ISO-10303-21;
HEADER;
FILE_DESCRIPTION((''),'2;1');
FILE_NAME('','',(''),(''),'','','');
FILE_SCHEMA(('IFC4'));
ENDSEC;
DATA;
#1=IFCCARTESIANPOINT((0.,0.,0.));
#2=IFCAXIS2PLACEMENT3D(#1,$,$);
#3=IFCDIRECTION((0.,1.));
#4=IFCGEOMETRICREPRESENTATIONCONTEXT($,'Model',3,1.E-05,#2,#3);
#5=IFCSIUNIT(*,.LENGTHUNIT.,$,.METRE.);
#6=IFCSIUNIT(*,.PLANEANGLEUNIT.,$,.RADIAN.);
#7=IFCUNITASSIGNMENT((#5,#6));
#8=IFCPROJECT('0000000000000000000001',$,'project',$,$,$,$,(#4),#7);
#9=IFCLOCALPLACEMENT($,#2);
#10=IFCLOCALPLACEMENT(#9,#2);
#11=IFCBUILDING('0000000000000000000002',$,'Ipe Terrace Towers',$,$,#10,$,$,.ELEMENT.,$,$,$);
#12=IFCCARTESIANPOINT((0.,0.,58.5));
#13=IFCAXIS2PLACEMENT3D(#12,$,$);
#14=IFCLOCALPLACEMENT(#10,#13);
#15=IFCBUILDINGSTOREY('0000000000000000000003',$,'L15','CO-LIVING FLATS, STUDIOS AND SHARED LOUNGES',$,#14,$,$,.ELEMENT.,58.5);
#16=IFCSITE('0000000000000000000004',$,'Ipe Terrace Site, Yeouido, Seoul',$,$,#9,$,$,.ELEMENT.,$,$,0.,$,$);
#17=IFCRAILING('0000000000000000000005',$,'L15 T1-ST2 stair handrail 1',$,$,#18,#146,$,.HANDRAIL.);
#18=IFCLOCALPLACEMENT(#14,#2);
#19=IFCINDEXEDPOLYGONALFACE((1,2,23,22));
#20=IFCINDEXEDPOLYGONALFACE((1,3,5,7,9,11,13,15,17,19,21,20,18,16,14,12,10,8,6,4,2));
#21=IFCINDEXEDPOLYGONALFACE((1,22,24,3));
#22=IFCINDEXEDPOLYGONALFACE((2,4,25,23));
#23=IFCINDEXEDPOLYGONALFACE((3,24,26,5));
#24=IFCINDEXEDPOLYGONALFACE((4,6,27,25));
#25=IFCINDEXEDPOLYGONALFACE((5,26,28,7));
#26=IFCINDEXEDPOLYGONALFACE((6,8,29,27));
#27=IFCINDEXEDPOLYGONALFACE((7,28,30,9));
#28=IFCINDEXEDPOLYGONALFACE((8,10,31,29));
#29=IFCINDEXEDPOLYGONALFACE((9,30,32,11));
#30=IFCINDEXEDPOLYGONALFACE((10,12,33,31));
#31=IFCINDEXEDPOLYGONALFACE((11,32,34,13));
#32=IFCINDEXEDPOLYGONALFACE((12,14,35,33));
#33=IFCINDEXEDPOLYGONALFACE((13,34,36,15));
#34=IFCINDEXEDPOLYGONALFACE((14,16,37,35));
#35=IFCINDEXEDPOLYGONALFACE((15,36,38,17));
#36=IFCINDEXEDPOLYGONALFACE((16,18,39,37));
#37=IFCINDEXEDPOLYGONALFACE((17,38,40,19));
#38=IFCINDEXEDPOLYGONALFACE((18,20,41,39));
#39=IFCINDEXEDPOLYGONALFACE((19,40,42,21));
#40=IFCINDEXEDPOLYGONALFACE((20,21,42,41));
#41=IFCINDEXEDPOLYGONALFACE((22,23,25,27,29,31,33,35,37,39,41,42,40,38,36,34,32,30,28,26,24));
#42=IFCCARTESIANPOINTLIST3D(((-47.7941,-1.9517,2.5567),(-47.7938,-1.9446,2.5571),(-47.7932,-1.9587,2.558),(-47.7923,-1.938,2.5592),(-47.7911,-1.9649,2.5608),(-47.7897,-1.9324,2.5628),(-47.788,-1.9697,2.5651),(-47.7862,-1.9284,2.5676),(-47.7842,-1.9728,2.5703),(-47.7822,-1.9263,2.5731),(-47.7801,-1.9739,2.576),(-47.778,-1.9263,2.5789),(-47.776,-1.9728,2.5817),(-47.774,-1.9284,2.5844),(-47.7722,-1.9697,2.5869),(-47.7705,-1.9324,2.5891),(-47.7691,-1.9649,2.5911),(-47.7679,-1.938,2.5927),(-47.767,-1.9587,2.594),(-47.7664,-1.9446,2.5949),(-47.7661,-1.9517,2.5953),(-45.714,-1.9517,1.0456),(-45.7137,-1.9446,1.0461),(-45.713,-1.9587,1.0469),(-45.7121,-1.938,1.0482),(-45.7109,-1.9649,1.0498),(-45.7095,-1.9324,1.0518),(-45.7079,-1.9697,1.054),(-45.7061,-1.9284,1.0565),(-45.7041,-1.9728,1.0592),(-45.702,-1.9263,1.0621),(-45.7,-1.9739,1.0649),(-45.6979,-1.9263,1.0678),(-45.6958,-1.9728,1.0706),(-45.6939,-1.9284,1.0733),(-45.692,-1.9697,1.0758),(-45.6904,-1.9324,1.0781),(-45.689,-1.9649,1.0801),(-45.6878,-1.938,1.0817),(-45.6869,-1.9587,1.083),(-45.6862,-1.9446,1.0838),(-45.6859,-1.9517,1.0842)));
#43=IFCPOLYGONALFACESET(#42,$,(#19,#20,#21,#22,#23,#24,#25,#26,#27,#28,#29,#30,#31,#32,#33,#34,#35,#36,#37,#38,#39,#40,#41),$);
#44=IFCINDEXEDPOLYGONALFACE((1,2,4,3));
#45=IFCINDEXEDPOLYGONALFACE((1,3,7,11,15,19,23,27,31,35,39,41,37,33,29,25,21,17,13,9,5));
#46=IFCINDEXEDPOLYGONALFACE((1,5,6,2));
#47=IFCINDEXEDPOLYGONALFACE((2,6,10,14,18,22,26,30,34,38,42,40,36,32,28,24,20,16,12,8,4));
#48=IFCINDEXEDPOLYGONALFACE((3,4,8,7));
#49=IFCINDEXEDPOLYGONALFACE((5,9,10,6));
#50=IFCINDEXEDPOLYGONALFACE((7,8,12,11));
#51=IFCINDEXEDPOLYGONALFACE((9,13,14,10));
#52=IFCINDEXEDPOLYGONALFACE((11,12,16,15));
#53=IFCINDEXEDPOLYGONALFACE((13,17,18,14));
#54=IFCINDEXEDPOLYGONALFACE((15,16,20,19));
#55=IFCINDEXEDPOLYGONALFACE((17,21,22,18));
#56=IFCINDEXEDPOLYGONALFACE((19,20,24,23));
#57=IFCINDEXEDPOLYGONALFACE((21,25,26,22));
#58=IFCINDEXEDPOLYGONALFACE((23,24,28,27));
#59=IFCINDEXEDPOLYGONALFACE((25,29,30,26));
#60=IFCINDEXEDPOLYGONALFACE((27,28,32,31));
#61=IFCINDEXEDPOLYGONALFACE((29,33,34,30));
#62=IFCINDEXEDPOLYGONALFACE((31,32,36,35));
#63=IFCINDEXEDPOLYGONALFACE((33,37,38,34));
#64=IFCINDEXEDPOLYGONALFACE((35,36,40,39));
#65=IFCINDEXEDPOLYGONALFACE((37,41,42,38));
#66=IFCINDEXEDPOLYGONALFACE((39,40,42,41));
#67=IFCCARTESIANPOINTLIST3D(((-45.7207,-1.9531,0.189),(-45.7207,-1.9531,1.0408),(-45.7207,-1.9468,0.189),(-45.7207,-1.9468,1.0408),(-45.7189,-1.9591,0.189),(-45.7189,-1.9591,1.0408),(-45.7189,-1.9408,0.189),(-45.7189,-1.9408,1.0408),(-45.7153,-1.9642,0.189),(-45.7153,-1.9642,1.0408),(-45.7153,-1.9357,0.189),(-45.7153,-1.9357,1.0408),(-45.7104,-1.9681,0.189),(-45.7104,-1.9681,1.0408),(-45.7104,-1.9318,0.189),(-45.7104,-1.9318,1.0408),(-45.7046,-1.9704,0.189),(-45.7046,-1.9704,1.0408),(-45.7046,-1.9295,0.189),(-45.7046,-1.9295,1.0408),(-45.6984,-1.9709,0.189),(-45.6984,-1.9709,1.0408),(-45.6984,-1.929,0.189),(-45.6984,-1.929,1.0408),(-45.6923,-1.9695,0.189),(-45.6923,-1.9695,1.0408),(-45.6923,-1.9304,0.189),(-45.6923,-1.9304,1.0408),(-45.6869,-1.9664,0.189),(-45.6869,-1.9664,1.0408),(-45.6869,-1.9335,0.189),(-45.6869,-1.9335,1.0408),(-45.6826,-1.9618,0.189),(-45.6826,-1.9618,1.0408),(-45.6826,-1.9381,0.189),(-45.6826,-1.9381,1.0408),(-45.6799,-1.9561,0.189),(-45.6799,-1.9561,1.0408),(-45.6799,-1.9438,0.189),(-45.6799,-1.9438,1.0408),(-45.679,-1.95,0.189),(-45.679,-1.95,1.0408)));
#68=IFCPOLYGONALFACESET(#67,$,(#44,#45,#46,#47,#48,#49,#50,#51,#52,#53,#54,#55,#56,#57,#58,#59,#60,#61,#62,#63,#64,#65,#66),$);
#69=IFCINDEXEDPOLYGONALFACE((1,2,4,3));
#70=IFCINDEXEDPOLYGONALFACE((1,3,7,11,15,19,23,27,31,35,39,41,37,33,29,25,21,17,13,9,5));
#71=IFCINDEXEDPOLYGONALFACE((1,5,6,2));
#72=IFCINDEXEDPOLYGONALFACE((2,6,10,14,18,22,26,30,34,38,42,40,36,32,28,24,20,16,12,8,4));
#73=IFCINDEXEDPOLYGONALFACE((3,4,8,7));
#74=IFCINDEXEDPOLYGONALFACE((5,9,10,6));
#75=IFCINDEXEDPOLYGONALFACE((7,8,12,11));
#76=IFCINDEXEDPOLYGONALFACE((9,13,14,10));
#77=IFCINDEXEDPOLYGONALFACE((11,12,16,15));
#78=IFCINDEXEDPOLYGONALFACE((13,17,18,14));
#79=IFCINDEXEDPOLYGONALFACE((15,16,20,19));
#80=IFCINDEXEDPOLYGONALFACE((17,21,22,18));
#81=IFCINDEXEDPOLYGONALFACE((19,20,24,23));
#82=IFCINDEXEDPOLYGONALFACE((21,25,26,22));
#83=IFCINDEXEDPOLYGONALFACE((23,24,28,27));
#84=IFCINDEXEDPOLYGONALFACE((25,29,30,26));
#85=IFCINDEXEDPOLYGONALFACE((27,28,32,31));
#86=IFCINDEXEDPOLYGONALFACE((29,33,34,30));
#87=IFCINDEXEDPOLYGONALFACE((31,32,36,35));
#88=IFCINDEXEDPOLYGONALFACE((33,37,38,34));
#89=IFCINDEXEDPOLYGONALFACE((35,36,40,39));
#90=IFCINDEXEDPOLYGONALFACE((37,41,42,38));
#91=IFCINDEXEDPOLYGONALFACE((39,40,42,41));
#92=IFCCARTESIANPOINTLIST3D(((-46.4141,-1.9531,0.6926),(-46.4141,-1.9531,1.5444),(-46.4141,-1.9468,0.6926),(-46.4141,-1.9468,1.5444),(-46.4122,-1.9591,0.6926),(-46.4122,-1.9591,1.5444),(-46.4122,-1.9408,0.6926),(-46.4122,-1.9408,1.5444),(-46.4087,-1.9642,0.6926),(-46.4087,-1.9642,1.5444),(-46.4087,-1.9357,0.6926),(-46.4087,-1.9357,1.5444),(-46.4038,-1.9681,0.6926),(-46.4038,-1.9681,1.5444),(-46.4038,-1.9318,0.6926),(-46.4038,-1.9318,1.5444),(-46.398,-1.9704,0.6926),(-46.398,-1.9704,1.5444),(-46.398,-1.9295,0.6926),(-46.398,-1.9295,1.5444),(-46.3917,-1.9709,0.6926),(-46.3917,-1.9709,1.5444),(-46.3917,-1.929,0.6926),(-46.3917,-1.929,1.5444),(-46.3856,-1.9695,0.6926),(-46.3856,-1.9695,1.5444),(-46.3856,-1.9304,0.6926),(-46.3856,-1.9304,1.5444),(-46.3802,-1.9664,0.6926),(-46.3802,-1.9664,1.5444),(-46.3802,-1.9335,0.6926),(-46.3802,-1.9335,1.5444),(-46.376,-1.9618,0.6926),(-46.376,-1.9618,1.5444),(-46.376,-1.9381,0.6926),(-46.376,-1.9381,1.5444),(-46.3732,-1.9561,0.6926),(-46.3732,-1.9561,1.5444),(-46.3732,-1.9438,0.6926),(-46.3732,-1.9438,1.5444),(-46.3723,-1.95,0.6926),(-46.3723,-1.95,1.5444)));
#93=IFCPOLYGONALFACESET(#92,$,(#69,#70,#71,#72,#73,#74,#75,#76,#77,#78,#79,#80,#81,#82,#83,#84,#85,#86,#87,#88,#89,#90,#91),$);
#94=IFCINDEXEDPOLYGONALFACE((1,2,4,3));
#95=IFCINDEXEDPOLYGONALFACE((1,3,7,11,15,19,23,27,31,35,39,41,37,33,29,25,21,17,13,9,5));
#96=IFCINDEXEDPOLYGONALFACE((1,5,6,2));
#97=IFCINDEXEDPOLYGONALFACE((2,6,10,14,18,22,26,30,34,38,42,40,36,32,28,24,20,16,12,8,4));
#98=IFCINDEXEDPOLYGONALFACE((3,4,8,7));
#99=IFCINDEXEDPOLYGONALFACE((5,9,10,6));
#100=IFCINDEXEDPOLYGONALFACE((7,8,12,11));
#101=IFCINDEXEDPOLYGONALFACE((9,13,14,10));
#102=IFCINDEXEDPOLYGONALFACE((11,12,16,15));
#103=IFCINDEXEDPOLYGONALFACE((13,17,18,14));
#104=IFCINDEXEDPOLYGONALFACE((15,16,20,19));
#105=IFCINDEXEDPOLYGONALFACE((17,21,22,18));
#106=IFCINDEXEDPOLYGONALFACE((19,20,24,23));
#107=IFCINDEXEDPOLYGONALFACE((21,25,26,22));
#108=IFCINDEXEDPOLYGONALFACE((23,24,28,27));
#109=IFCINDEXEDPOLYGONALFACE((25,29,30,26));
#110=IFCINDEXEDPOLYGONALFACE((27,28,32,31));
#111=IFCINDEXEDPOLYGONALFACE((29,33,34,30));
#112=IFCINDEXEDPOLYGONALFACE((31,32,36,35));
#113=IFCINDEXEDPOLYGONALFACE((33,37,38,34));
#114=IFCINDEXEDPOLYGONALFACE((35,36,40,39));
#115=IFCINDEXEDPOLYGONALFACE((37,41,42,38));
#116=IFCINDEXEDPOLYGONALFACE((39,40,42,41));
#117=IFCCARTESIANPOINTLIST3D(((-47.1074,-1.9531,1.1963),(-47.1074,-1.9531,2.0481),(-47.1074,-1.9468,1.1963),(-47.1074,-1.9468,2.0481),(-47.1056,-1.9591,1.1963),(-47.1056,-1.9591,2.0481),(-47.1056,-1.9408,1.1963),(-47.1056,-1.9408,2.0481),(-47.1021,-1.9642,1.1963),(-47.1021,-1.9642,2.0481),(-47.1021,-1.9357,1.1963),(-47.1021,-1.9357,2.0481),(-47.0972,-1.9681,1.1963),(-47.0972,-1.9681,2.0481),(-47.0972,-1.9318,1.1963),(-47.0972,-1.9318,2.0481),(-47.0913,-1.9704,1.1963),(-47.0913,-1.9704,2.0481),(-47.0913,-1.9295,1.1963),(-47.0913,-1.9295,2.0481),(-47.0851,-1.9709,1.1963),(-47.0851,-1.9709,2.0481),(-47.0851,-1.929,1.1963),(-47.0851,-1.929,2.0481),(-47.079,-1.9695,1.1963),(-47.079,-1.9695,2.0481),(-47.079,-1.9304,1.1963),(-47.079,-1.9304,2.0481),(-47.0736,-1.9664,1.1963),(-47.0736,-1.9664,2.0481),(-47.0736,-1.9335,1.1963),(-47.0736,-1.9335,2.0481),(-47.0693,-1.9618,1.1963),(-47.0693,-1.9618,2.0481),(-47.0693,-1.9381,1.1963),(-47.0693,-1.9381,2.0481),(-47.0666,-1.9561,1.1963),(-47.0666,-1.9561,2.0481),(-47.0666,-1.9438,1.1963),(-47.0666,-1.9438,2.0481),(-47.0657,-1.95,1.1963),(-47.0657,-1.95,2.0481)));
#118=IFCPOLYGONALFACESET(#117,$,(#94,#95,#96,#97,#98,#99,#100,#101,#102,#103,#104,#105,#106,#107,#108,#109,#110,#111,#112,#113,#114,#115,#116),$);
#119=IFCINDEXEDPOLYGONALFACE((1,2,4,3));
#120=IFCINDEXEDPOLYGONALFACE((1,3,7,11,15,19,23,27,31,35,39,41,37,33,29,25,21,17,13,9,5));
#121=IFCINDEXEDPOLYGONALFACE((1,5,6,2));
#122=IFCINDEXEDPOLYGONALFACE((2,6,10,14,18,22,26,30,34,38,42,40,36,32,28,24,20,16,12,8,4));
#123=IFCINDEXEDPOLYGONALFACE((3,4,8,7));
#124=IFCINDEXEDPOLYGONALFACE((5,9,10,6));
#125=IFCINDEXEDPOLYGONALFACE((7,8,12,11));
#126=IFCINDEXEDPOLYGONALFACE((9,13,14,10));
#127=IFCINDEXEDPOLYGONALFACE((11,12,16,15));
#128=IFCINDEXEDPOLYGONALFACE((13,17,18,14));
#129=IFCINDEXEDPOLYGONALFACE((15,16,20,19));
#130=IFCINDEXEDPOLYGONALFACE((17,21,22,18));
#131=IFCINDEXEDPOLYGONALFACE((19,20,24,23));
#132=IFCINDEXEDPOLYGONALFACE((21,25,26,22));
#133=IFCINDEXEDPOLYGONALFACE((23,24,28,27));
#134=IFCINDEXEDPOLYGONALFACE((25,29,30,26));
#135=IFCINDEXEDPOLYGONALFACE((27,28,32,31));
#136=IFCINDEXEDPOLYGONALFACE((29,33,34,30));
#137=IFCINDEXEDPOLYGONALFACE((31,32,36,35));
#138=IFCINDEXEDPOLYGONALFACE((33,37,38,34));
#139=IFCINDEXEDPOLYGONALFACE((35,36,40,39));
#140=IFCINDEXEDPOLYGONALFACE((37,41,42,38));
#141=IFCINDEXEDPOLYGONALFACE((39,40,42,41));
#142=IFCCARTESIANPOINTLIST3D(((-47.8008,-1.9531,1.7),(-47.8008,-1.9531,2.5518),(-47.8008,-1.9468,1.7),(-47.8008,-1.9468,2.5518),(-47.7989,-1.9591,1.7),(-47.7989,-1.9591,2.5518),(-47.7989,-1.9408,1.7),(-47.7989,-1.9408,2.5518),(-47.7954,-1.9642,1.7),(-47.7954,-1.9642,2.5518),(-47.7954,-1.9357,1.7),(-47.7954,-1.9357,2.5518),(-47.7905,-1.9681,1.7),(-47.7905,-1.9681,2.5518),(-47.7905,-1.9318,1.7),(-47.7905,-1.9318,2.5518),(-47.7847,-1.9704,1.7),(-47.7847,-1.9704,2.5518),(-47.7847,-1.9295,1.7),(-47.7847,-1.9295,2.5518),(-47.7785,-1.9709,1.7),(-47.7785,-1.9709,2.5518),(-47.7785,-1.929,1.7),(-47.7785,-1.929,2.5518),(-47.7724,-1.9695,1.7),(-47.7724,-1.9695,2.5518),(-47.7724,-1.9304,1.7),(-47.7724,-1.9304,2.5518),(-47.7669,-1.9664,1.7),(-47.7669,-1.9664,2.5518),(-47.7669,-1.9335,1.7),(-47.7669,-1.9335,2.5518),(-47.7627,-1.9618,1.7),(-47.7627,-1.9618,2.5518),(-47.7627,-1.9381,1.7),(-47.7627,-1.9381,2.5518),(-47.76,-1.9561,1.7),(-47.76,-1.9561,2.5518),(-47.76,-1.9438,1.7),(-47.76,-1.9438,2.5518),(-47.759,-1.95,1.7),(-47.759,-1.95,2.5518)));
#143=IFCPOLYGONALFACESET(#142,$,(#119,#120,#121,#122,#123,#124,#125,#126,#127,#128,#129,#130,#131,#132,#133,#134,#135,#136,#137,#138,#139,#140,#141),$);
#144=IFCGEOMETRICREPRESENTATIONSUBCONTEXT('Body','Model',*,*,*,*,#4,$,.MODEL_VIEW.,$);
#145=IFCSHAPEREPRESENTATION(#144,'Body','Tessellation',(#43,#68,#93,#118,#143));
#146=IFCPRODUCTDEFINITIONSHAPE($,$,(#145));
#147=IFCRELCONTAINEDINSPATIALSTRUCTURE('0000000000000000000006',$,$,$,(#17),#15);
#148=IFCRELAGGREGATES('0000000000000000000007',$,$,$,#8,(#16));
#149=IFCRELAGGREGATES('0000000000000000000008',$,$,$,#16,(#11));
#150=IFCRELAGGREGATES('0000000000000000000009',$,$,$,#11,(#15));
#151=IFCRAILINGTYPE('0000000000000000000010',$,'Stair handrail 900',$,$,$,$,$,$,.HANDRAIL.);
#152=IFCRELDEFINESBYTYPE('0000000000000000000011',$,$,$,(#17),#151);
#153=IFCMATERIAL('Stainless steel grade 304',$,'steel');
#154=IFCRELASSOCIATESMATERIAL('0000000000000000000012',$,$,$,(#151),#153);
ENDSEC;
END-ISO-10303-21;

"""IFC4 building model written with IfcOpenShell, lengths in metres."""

from ifc_helpers import new_model, si_unit, direction, frame, origin, origin_2d, place, context, subcontext, project, spatial, circle, extrude, material, type_object, element, save


model = new_model("IFC4")

# Units and contexts
model_context = context("Model", 3, precision=1e-05, world=origin(), true_north=direction((0.0, 1.0)))
body_context = subcontext(model_context, "Body", "Model", "MODEL_VIEW")
ifc_project = project(units=[si_unit("LENGTHUNIT", "METRE"), si_unit("PLANEANGLEUNIT", "RADIAN")], contexts=[model_context])

# Site, building, storey
site_placement = place(None, origin())
site = spatial("IfcSite", under=ifc_project, at=site_placement, Name="Ipe Terrace Site, Yeouido, Seoul", CompositionType="ELEMENT", RefElevation=0.0)
building_placement = place(site_placement, origin())
building = spatial("IfcBuilding", under=site, at=building_placement, Name="Ipe Terrace Towers", CompositionType="ELEMENT")
storey_placement = place(building_placement, frame((0.0, 0.0, 58.5)))
storey = spatial("IfcBuildingStorey", under=building, at=storey_placement, Name="L15", Description="CO-LIVING FLATS, STUDIOS AND SHARED LOUNGES", CompositionType="ELEMENT", Elevation=58.5)

# Railing
ifc_material_1 = material(Name="Stainless steel grade 304", Category="steel")
railing_type_1 = type_object("IfcRailingType", Name="Stair handrail 900", PredefinedType="HANDRAIL", material=ifc_material_1)
railing_1_placement = place(storey_placement, frame((-45.7, -1.95, 0.189)))
element("IfcRailing", 1, at=railing_1_placement, inside=storey, type_object=railing_type_1, Name="L15 T1-ST2 stair handrail 1", PredefinedType="HANDRAIL", context=body_context, shape_type="SweptSolid", body=[
    extrude(circle(Radius=0.0239, at=origin_2d()), frame((0.0, 0.0, 0.876), z_axis=(-0.809069, 0.0, 0.587714), x_axis=(0.0, -1.0, 0.0)), (0.0, 0.0, 1.0), 2.571),
    extrude(circle(Radius=0.021, at=origin_2d()), origin(), (0.0, 0.0, 1.0), 0.8518),
    extrude(circle(Radius=0.021, at=origin_2d()), frame((-0.6934, 0.0, 0.5037)), (0.0, 0.0, 1.0), 0.8518),
    extrude(circle(Radius=0.021, at=origin_2d()), frame((-1.3867, 0.0, 1.0073)), (0.0, 0.0, 1.0), 0.8518),
    extrude(circle(Radius=0.021, at=origin_2d()), frame((-2.0801, 0.0, 1.511)), (0.0, 0.0, 1.0), 0.8518),
])

save(model, "model.ifc")
